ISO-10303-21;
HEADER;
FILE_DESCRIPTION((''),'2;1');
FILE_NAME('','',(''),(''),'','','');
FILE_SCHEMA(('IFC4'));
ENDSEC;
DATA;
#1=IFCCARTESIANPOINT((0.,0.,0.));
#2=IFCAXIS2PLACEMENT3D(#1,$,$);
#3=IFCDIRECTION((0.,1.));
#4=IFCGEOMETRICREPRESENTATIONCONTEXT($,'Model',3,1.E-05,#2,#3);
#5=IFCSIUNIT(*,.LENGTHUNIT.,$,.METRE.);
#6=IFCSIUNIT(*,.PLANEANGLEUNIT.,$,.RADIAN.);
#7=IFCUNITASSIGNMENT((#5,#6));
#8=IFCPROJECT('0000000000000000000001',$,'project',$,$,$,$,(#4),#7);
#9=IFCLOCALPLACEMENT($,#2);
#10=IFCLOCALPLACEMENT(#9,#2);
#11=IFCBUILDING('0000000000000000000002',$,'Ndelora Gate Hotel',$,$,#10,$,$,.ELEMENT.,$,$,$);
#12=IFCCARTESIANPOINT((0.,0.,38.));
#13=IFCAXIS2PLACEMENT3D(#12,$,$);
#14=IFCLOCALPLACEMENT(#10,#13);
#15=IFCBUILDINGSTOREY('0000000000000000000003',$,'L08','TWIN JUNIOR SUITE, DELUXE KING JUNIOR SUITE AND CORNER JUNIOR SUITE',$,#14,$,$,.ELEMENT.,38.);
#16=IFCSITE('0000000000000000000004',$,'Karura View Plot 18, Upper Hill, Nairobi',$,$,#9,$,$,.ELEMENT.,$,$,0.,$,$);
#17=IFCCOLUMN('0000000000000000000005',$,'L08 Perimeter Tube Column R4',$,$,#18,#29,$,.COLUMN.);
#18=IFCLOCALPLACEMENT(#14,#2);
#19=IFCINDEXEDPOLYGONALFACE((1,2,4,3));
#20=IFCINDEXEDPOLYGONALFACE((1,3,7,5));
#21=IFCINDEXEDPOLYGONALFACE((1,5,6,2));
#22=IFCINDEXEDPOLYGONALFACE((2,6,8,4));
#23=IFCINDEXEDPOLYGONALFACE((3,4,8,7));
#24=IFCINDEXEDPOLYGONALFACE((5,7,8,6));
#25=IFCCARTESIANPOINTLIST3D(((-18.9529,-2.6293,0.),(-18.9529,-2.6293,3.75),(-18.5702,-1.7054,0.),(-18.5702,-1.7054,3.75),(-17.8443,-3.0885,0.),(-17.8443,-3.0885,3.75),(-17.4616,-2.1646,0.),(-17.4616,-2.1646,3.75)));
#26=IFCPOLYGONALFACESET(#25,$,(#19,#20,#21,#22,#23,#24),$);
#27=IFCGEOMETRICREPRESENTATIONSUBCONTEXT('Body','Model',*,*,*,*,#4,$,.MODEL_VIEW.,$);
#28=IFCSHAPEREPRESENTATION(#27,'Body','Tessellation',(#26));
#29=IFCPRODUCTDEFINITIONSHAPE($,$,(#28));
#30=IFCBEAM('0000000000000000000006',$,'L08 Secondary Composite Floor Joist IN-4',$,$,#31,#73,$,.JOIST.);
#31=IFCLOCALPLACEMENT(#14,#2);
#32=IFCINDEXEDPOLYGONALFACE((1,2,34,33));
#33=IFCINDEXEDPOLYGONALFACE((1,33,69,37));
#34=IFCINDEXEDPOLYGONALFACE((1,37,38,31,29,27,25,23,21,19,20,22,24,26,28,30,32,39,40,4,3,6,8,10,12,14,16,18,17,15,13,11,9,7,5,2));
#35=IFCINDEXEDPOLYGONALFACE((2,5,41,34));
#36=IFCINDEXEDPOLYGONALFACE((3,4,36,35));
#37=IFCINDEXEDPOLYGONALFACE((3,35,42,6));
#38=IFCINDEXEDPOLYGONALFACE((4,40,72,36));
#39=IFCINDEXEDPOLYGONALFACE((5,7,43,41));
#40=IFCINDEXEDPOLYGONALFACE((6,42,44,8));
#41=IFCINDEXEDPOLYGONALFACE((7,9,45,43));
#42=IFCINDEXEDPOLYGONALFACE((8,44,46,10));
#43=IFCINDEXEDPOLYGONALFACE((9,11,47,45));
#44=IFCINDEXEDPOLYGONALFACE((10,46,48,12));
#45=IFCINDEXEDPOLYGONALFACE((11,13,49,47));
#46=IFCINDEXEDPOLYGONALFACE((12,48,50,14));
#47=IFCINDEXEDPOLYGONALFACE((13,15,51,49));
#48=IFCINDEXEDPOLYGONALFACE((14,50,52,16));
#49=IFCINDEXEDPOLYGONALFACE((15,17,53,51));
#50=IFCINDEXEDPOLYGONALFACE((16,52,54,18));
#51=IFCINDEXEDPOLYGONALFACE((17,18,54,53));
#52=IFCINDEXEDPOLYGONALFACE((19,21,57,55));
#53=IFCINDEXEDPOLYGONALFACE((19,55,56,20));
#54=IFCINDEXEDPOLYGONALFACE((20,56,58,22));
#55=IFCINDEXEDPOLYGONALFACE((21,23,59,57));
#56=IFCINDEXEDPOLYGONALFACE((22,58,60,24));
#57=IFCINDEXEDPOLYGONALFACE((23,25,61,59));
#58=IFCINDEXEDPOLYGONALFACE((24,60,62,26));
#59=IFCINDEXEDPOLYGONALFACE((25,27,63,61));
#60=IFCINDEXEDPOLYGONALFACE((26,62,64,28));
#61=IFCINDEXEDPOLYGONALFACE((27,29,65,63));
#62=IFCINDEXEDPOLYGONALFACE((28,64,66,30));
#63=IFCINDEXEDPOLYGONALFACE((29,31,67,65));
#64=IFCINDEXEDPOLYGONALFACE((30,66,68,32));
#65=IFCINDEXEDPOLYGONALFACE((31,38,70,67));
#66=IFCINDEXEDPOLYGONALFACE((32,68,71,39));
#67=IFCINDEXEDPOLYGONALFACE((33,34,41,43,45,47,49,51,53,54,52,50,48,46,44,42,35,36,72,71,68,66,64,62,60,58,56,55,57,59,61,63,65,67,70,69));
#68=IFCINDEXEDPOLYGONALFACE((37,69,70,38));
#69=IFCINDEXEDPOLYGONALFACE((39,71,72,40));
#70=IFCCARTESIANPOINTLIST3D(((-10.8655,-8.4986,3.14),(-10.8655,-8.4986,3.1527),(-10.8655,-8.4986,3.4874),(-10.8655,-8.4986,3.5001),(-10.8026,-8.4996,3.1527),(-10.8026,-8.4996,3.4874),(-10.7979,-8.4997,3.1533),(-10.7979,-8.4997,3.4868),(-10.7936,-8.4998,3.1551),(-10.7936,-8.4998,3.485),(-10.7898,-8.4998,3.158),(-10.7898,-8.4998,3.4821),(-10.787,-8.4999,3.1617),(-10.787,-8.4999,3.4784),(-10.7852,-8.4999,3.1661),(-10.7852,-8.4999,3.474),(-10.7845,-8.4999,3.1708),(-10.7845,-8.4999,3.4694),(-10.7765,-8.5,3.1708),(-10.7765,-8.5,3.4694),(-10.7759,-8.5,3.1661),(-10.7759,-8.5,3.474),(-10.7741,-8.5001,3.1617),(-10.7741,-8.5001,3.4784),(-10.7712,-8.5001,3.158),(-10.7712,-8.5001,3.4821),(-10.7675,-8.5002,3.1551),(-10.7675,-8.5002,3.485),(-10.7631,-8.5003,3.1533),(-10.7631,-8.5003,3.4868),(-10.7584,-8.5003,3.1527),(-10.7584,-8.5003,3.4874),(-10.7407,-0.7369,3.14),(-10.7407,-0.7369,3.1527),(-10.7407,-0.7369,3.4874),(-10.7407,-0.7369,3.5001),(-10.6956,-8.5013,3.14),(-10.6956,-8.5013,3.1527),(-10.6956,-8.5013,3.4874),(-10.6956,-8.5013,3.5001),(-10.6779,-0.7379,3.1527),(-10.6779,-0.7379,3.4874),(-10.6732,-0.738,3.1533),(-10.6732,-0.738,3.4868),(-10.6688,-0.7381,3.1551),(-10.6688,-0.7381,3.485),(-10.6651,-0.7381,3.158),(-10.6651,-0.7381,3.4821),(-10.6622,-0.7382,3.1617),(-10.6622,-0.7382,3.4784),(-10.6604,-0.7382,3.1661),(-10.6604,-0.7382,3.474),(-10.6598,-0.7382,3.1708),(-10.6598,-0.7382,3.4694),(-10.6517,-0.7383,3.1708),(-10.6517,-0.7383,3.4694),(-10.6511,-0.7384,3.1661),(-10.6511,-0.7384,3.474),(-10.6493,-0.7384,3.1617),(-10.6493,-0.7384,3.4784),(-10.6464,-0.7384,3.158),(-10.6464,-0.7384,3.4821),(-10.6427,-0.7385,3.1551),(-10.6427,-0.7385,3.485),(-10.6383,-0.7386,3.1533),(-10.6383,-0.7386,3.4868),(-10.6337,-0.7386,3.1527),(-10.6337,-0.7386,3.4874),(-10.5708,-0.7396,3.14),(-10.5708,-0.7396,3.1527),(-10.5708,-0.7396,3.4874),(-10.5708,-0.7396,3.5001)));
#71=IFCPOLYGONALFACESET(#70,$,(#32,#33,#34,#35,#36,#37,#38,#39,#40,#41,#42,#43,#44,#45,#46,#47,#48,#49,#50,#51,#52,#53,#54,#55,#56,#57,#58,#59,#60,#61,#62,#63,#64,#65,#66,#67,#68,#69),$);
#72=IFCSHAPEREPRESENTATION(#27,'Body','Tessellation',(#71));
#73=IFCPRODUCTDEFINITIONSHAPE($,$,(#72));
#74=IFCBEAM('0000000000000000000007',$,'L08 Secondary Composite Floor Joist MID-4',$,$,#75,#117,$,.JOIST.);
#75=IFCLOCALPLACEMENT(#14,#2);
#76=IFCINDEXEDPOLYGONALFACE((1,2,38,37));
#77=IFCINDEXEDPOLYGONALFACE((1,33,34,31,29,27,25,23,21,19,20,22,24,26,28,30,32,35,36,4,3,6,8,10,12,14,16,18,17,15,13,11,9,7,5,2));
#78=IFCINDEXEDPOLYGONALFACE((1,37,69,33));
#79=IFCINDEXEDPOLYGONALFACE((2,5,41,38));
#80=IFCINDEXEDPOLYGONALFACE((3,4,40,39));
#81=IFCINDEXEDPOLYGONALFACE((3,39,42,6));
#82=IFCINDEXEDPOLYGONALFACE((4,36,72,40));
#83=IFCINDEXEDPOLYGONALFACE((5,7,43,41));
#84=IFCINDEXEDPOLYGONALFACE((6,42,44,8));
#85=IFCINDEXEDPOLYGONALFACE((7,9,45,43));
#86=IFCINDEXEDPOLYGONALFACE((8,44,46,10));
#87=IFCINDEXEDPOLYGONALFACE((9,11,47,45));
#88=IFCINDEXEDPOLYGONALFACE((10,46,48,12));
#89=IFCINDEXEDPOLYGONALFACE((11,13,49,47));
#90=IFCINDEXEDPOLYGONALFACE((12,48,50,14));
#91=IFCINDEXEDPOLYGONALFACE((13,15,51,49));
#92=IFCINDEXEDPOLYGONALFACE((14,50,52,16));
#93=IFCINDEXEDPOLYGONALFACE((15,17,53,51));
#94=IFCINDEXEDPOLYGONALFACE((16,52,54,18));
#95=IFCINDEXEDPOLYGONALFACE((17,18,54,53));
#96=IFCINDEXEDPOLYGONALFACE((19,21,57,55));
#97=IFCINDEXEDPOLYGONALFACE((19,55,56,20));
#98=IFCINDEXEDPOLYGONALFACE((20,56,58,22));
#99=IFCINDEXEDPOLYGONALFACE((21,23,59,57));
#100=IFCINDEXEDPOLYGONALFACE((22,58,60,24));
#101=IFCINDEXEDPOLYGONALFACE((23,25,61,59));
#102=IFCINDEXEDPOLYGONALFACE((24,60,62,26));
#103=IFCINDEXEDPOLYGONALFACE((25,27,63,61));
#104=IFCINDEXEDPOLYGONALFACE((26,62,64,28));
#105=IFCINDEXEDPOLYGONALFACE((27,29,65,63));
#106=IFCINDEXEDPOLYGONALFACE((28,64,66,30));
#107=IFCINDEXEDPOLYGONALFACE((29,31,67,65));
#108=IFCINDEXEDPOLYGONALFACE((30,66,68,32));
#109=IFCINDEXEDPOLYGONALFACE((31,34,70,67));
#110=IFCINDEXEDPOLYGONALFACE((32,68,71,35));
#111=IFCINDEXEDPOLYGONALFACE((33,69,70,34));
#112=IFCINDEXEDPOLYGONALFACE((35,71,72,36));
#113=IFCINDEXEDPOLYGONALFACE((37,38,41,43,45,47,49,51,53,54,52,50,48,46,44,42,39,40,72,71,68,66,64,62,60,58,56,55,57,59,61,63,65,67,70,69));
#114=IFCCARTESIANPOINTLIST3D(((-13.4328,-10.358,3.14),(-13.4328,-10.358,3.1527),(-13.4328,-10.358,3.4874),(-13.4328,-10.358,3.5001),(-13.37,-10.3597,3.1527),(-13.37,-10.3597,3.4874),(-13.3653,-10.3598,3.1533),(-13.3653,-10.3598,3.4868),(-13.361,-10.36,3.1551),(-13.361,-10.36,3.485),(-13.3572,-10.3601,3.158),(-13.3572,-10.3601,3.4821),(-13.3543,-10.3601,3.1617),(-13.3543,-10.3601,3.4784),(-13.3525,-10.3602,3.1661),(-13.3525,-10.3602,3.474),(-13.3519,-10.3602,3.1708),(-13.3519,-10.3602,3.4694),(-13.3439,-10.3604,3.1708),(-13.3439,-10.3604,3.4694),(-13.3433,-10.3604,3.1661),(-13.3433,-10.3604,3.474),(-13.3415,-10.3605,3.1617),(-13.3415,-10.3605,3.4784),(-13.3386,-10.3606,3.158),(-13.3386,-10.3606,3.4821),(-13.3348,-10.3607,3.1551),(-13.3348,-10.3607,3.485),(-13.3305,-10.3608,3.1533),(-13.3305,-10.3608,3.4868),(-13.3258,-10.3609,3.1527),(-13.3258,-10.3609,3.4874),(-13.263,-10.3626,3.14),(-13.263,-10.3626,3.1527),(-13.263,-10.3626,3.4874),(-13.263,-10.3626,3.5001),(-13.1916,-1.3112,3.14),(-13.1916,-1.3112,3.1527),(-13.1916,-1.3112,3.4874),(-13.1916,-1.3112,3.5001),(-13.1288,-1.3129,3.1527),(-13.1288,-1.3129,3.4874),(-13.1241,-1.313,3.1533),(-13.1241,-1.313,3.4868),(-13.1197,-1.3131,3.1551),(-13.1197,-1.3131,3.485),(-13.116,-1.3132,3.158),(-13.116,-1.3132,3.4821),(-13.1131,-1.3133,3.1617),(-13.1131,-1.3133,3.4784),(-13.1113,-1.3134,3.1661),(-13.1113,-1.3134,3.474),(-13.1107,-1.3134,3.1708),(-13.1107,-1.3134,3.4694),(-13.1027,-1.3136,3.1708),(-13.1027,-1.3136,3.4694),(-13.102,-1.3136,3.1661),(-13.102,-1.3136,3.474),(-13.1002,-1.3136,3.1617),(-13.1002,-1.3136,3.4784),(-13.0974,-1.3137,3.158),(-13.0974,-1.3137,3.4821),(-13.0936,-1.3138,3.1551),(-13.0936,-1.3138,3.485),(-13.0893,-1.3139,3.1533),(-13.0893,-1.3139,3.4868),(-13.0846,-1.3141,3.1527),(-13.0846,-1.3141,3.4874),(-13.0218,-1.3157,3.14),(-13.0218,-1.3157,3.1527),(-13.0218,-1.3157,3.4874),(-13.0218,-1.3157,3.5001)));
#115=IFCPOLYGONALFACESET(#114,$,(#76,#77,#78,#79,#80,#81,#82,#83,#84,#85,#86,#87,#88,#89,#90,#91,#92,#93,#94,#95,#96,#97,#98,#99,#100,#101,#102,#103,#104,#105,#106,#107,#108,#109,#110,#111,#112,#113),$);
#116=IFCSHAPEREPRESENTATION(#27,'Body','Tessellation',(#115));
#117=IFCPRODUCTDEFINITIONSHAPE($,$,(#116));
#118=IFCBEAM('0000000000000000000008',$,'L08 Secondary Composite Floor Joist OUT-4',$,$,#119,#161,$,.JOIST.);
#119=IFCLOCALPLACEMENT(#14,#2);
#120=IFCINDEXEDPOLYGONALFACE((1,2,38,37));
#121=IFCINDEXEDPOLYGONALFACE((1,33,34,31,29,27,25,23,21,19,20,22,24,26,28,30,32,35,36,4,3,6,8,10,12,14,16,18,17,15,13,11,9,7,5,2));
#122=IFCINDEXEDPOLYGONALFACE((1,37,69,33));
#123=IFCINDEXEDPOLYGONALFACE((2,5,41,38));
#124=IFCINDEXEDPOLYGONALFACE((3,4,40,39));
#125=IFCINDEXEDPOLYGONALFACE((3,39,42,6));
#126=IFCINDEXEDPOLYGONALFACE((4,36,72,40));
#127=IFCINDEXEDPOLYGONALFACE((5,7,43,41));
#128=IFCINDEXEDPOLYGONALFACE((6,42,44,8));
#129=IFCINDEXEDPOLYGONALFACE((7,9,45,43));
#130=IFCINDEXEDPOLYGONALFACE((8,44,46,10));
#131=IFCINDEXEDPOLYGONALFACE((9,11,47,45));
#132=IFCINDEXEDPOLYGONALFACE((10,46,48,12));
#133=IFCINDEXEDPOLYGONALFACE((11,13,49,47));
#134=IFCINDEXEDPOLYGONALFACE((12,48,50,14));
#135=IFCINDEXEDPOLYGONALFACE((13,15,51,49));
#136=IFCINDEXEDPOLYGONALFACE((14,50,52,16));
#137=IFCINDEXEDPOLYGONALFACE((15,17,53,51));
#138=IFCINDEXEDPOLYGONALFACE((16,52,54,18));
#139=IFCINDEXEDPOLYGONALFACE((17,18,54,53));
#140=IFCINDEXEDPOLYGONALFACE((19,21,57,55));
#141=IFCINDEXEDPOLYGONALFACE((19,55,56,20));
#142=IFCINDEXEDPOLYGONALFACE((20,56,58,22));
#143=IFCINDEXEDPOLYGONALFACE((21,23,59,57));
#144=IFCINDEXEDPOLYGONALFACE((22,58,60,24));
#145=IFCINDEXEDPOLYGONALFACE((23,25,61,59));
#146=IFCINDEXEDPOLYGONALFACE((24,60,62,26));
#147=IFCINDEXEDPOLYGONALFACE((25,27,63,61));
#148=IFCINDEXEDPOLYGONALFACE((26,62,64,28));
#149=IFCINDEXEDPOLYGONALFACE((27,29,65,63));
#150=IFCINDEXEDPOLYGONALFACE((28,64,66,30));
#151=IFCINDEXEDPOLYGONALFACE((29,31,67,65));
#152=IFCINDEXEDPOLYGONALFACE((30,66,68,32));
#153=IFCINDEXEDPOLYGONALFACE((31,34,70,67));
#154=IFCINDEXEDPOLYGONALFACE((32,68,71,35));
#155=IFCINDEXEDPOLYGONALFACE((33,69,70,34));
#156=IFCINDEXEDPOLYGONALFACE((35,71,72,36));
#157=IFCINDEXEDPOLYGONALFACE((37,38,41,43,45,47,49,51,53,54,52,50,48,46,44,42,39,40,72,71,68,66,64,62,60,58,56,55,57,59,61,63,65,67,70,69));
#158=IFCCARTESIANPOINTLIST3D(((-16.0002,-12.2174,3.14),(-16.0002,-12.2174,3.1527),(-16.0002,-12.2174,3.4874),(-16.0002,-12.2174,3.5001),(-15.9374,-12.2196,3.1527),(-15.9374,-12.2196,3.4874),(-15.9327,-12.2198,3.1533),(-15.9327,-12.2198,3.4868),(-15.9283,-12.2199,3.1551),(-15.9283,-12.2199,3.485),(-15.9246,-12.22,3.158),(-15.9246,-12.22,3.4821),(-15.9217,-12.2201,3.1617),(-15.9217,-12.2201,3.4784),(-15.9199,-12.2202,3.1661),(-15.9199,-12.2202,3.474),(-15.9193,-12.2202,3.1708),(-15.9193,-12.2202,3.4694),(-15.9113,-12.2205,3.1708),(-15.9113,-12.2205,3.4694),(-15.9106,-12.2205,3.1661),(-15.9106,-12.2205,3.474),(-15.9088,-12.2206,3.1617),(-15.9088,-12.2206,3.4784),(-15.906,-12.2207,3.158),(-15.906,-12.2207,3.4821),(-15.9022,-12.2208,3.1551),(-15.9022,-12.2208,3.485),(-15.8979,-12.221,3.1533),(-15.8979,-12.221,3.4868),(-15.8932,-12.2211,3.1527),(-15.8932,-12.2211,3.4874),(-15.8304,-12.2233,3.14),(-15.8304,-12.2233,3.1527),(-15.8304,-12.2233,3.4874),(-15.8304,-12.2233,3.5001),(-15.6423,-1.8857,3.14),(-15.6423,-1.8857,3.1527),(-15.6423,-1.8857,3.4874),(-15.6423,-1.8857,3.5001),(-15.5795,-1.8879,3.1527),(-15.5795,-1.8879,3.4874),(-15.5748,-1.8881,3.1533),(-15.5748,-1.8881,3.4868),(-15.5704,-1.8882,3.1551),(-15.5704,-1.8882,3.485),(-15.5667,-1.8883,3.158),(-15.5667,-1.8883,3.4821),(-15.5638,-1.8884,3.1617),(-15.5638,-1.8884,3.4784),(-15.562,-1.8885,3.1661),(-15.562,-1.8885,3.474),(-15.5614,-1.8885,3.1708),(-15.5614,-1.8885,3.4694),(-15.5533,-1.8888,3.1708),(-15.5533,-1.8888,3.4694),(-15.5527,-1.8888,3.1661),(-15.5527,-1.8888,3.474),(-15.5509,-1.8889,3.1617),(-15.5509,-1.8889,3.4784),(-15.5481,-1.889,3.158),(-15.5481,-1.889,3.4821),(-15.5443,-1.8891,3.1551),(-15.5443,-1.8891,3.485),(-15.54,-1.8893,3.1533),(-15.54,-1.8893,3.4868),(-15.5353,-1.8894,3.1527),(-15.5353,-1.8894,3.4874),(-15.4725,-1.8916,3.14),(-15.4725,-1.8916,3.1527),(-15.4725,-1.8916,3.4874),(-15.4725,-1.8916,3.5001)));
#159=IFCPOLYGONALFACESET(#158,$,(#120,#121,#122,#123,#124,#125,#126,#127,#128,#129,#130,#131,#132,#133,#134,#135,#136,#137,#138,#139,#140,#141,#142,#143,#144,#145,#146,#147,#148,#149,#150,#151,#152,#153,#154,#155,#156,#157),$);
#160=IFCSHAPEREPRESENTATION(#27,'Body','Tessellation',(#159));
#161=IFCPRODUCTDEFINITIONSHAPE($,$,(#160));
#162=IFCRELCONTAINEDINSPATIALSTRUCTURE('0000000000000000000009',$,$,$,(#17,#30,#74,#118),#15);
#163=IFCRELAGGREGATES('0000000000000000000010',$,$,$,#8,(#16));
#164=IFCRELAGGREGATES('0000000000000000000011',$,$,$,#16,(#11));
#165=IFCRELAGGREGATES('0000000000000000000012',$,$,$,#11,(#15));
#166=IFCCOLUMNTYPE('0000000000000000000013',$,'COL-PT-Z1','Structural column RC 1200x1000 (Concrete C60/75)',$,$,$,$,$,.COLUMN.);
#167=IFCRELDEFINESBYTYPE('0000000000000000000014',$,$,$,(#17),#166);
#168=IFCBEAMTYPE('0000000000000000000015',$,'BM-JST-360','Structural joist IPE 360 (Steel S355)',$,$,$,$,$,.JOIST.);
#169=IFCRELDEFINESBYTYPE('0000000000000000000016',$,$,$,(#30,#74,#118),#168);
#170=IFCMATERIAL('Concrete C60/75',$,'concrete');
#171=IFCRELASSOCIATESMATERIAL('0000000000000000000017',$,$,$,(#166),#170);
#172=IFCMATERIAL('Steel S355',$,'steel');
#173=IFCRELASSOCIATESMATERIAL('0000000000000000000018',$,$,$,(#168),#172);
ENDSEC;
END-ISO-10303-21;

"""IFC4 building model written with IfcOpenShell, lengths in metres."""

from ifc_helpers import new_model, si_unit, direction, frame, origin, origin_2d, place, context, subcontext, project, spatial, rectangle, i_section, extrude, material, material_profile, profile_set, type_object, element, save


model = new_model("IFC4")

# Units and contexts
model_context = context("Model", 3, precision=1e-05, world=origin(), true_north=direction((0.0, 1.0)))
body_context = subcontext(model_context, "Body", "Model", "MODEL_VIEW")
ifc_project = project(units=[si_unit("LENGTHUNIT", "METRE"), si_unit("PLANEANGLEUNIT", "RADIAN")], contexts=[model_context])

# Site, building, storey
site_placement = place(None, origin())
site = spatial("IfcSite", under=ifc_project, at=site_placement, Name="Karura View Plot 18, Upper Hill, Nairobi", CompositionType="ELEMENT", RefElevation=0.0)
building_placement = place(site_placement, origin())
building = spatial("IfcBuilding", under=site, at=building_placement, Name="Ndelora Gate Hotel", CompositionType="ELEMENT")
storey_placement = place(building_placement, frame((0.0, 0.0, 38.0)))
storey = spatial("IfcBuildingStorey", under=building, at=storey_placement, Name="L08", Description="TWIN JUNIOR SUITE, DELUXE KING JUNIOR SUITE AND CORNER JUNIOR SUITE", CompositionType="ELEMENT", Elevation=38.0)

# Column
ifc_material_1 = material(Name="Concrete C60/75", Category="concrete")
ifc_material_profile_1 = material_profile(ifc_material_1, rectangle(XDim=1.0, YDim=1.2, at=origin_2d()), Name="RC 1200x1000")
ifc_profile_set_1 = profile_set([ifc_material_profile_1], Name="Concrete C60/75")
column_type = type_object("IfcColumnType", Name="COL-PT-Z1", Description="Structural column RC 1200x1000 (Concrete C60/75)", PredefinedType="COLUMN", material=ifc_profile_set_1)
column_placement = place(storey_placement, frame((-18.2073, -2.397, 0.0), z_axis=(0.0, 0.0, 1.0), x_axis=(0.382683, 0.92388, 0.0)))
element("IfcColumn", 1, at=column_placement, inside=storey, type_object=column_type, Name="L08 Perimeter Tube Column R4", PredefinedType="COLUMN", context=body_context, shape_type="SweptSolid", body=[
    extrude(rectangle(XDim=1.0, YDim=1.2, at=origin_2d()), origin(), (0.0, 0.0, 1.0), 3.75),
])

# Beams
ifc_material_2 = material(Name="Steel S355", Category="steel")
ifc_material_profile_2 = material_profile(ifc_material_2, i_section(OverallWidth=0.1699, OverallDepth=0.3601, WebThickness=0.0081, FlangeThickness=0.0127, FilletRadius=0.0181, at=origin_2d()), Name="IPE 360")
ifc_profile_set_2 = profile_set([ifc_material_profile_2], Name="Steel S355")
beam_type_1 = type_object("IfcBeamType", Name="BM-JST-360", Description="Structural joist IPE 360 (Steel S355)", PredefinedType="JOIST", material=ifc_profile_set_2)
beam_1_placement = place(storey_placement, frame((-10.6558, -0.7383, 3.3201), z_axis=(-0.016071, -0.999871, 0.0), x_axis=(0.999871, -0.016071, 0.0)))
element("IfcBeam", 2, at=beam_1_placement, inside=storey, type_object=beam_type_1, Name="L08 Secondary Composite Floor Joist IN-4", PredefinedType="JOIST", context=body_context, shape_type="SweptSolid", body=[
    extrude(i_section(OverallWidth=0.1699, OverallDepth=0.3601, WebThickness=0.0081, FlangeThickness=0.0127, FilletRadius=0.0181, at=origin_2d()), origin(), (0.0, 0.0, 1.0), 7.7627),
])
beam_2_placement = place(storey_placement, frame((-13.1067, -1.3135, 3.3201), z_axis=(-0.026653, -0.999645, 0.0), x_axis=(0.999645, -0.026653, 0.0)))
element("IfcBeam", 3, at=beam_2_placement, inside=storey, type_object=beam_type_1, Name="L08 Secondary Composite Floor Joist MID-4", PredefinedType="JOIST", context=body_context, shape_type="SweptSolid", body=[
    extrude(i_section(OverallWidth=0.1699, OverallDepth=0.3601, WebThickness=0.0081, FlangeThickness=0.0127, FilletRadius=0.0181, at=origin_2d()), origin(), (0.0, 0.0, 1.0), 9.05),
])
beam_3_placement = place(storey_placement, frame((-15.5574, -1.8887, 3.3201), z_axis=(-0.034621, -0.999401, 0.0), x_axis=(0.999401, -0.034621, 0.0)))
element("IfcBeam", 4, at=beam_3_placement, inside=storey, type_object=beam_type_1, Name="L08 Secondary Composite Floor Joist OUT-4", PredefinedType="JOIST", context=body_context, shape_type="SweptSolid", body=[
    extrude(i_section(OverallWidth=0.1699, OverallDepth=0.3601, WebThickness=0.0081, FlangeThickness=0.0127, FilletRadius=0.0181, at=origin_2d()), origin(), (0.0, 0.0, 1.0), 10.3379),
])

save(model, "model.ifc")
